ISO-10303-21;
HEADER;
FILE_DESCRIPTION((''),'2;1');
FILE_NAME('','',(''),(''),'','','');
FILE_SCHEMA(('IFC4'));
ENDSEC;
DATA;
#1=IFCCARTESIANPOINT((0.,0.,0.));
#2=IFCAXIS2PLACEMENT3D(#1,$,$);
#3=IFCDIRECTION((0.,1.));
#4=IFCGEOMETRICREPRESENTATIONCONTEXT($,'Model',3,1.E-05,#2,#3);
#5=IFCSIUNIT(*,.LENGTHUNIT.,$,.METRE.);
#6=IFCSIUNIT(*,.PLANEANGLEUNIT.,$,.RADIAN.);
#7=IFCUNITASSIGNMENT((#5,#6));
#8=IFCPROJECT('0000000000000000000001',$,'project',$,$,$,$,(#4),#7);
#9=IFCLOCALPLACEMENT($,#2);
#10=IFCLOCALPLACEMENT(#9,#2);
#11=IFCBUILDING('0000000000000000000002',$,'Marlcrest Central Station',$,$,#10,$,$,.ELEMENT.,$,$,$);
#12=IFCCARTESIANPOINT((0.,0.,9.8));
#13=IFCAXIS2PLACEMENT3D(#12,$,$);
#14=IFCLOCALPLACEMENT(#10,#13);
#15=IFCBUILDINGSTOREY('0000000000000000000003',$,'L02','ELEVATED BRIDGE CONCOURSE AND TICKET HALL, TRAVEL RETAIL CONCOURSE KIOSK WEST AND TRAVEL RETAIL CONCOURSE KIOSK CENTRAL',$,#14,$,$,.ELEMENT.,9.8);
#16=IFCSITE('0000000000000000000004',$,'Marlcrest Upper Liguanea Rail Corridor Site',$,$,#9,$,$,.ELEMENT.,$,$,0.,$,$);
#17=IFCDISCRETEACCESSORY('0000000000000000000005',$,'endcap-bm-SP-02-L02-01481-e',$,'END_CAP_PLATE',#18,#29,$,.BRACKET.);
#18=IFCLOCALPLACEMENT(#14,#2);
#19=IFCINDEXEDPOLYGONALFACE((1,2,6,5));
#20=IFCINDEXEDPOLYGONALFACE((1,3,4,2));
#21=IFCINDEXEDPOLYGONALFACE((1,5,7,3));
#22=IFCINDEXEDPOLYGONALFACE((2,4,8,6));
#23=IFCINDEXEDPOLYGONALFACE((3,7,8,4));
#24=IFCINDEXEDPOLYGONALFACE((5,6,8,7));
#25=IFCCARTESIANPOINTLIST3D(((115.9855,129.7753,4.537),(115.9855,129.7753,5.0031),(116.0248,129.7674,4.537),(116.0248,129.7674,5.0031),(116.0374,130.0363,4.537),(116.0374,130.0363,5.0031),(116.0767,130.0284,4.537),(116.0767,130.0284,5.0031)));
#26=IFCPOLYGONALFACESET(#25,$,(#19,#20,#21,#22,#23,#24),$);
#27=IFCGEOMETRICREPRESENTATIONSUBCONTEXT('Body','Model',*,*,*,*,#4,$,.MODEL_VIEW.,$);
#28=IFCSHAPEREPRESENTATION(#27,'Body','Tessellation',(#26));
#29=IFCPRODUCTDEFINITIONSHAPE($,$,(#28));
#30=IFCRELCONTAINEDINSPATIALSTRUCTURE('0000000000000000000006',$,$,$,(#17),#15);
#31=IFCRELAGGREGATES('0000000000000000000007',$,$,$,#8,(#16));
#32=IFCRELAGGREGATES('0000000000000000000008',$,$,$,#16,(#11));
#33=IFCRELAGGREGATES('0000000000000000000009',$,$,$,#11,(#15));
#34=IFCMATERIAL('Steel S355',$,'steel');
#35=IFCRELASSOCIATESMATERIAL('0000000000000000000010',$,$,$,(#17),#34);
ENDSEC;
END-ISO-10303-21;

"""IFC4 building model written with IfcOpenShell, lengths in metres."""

from ifc_helpers import new_model, si_unit, direction, frame, origin, origin_2d, place, context, subcontext, project, spatial, rectangle, extrude, material, element, save


model = new_model("IFC4")

# Units and contexts
model_context = context("Model", 3, precision=1e-05, world=origin(), true_north=direction((0.0, 1.0)))
body_context = subcontext(model_context, "Body", "Model", "MODEL_VIEW")
ifc_project = project(units=[si_unit("LENGTHUNIT", "METRE"), si_unit("PLANEANGLEUNIT", "RADIAN")], contexts=[model_context])

# Site, building, storey
site_placement = place(None, origin())
site = spatial("IfcSite", under=ifc_project, at=site_placement, Name="Marlcrest Upper Liguanea Rail Corridor Site", CompositionType="ELEMENT", RefElevation=0.0)
building_placement = place(site_placement, origin())
building = spatial("IfcBuilding", under=site, at=building_placement, Name="Marlcrest Central Station", CompositionType="ELEMENT")
storey_placement = place(building_placement, frame((0.0, 0.0, 9.8)))
storey = spatial("IfcBuildingStorey", under=building, at=storey_placement, Name="L02", Description="ELEVATED BRIDGE CONCOURSE AND TICKET HALL, TRAVEL RETAIL CONCOURSE KIOSK WEST AND TRAVEL RETAIL CONCOURSE KIOSK CENTRAL", CompositionType="ELEMENT", Elevation=9.8)

# Shared definitions
ifc_material_1 = material(Name="Steel S355", Category="steel")

# Discrete accessory
discrete_accessory_placement = place(storey_placement, frame((116.0115, 129.9058, 4.77), z_axis=(0.980769, -0.195171, 0.0), x_axis=(0.195171, 0.980769, 0.0)))
element("IfcDiscreteAccessory", 1, at=discrete_accessory_placement, inside=storey, material=ifc_material_1, Name="endcap-bm-SP-02-L02-01481-e", ObjectType="END_CAP_PLATE", PredefinedType="BRACKET", context=body_context, shape_type="SweptSolid", body=[
    extrude(rectangle(XDim=0.2661, YDim=0.4661, at=origin_2d()), origin(), (0.0, 0.0, 1.0), 0.04),
])

save(model, "model.ifc")
